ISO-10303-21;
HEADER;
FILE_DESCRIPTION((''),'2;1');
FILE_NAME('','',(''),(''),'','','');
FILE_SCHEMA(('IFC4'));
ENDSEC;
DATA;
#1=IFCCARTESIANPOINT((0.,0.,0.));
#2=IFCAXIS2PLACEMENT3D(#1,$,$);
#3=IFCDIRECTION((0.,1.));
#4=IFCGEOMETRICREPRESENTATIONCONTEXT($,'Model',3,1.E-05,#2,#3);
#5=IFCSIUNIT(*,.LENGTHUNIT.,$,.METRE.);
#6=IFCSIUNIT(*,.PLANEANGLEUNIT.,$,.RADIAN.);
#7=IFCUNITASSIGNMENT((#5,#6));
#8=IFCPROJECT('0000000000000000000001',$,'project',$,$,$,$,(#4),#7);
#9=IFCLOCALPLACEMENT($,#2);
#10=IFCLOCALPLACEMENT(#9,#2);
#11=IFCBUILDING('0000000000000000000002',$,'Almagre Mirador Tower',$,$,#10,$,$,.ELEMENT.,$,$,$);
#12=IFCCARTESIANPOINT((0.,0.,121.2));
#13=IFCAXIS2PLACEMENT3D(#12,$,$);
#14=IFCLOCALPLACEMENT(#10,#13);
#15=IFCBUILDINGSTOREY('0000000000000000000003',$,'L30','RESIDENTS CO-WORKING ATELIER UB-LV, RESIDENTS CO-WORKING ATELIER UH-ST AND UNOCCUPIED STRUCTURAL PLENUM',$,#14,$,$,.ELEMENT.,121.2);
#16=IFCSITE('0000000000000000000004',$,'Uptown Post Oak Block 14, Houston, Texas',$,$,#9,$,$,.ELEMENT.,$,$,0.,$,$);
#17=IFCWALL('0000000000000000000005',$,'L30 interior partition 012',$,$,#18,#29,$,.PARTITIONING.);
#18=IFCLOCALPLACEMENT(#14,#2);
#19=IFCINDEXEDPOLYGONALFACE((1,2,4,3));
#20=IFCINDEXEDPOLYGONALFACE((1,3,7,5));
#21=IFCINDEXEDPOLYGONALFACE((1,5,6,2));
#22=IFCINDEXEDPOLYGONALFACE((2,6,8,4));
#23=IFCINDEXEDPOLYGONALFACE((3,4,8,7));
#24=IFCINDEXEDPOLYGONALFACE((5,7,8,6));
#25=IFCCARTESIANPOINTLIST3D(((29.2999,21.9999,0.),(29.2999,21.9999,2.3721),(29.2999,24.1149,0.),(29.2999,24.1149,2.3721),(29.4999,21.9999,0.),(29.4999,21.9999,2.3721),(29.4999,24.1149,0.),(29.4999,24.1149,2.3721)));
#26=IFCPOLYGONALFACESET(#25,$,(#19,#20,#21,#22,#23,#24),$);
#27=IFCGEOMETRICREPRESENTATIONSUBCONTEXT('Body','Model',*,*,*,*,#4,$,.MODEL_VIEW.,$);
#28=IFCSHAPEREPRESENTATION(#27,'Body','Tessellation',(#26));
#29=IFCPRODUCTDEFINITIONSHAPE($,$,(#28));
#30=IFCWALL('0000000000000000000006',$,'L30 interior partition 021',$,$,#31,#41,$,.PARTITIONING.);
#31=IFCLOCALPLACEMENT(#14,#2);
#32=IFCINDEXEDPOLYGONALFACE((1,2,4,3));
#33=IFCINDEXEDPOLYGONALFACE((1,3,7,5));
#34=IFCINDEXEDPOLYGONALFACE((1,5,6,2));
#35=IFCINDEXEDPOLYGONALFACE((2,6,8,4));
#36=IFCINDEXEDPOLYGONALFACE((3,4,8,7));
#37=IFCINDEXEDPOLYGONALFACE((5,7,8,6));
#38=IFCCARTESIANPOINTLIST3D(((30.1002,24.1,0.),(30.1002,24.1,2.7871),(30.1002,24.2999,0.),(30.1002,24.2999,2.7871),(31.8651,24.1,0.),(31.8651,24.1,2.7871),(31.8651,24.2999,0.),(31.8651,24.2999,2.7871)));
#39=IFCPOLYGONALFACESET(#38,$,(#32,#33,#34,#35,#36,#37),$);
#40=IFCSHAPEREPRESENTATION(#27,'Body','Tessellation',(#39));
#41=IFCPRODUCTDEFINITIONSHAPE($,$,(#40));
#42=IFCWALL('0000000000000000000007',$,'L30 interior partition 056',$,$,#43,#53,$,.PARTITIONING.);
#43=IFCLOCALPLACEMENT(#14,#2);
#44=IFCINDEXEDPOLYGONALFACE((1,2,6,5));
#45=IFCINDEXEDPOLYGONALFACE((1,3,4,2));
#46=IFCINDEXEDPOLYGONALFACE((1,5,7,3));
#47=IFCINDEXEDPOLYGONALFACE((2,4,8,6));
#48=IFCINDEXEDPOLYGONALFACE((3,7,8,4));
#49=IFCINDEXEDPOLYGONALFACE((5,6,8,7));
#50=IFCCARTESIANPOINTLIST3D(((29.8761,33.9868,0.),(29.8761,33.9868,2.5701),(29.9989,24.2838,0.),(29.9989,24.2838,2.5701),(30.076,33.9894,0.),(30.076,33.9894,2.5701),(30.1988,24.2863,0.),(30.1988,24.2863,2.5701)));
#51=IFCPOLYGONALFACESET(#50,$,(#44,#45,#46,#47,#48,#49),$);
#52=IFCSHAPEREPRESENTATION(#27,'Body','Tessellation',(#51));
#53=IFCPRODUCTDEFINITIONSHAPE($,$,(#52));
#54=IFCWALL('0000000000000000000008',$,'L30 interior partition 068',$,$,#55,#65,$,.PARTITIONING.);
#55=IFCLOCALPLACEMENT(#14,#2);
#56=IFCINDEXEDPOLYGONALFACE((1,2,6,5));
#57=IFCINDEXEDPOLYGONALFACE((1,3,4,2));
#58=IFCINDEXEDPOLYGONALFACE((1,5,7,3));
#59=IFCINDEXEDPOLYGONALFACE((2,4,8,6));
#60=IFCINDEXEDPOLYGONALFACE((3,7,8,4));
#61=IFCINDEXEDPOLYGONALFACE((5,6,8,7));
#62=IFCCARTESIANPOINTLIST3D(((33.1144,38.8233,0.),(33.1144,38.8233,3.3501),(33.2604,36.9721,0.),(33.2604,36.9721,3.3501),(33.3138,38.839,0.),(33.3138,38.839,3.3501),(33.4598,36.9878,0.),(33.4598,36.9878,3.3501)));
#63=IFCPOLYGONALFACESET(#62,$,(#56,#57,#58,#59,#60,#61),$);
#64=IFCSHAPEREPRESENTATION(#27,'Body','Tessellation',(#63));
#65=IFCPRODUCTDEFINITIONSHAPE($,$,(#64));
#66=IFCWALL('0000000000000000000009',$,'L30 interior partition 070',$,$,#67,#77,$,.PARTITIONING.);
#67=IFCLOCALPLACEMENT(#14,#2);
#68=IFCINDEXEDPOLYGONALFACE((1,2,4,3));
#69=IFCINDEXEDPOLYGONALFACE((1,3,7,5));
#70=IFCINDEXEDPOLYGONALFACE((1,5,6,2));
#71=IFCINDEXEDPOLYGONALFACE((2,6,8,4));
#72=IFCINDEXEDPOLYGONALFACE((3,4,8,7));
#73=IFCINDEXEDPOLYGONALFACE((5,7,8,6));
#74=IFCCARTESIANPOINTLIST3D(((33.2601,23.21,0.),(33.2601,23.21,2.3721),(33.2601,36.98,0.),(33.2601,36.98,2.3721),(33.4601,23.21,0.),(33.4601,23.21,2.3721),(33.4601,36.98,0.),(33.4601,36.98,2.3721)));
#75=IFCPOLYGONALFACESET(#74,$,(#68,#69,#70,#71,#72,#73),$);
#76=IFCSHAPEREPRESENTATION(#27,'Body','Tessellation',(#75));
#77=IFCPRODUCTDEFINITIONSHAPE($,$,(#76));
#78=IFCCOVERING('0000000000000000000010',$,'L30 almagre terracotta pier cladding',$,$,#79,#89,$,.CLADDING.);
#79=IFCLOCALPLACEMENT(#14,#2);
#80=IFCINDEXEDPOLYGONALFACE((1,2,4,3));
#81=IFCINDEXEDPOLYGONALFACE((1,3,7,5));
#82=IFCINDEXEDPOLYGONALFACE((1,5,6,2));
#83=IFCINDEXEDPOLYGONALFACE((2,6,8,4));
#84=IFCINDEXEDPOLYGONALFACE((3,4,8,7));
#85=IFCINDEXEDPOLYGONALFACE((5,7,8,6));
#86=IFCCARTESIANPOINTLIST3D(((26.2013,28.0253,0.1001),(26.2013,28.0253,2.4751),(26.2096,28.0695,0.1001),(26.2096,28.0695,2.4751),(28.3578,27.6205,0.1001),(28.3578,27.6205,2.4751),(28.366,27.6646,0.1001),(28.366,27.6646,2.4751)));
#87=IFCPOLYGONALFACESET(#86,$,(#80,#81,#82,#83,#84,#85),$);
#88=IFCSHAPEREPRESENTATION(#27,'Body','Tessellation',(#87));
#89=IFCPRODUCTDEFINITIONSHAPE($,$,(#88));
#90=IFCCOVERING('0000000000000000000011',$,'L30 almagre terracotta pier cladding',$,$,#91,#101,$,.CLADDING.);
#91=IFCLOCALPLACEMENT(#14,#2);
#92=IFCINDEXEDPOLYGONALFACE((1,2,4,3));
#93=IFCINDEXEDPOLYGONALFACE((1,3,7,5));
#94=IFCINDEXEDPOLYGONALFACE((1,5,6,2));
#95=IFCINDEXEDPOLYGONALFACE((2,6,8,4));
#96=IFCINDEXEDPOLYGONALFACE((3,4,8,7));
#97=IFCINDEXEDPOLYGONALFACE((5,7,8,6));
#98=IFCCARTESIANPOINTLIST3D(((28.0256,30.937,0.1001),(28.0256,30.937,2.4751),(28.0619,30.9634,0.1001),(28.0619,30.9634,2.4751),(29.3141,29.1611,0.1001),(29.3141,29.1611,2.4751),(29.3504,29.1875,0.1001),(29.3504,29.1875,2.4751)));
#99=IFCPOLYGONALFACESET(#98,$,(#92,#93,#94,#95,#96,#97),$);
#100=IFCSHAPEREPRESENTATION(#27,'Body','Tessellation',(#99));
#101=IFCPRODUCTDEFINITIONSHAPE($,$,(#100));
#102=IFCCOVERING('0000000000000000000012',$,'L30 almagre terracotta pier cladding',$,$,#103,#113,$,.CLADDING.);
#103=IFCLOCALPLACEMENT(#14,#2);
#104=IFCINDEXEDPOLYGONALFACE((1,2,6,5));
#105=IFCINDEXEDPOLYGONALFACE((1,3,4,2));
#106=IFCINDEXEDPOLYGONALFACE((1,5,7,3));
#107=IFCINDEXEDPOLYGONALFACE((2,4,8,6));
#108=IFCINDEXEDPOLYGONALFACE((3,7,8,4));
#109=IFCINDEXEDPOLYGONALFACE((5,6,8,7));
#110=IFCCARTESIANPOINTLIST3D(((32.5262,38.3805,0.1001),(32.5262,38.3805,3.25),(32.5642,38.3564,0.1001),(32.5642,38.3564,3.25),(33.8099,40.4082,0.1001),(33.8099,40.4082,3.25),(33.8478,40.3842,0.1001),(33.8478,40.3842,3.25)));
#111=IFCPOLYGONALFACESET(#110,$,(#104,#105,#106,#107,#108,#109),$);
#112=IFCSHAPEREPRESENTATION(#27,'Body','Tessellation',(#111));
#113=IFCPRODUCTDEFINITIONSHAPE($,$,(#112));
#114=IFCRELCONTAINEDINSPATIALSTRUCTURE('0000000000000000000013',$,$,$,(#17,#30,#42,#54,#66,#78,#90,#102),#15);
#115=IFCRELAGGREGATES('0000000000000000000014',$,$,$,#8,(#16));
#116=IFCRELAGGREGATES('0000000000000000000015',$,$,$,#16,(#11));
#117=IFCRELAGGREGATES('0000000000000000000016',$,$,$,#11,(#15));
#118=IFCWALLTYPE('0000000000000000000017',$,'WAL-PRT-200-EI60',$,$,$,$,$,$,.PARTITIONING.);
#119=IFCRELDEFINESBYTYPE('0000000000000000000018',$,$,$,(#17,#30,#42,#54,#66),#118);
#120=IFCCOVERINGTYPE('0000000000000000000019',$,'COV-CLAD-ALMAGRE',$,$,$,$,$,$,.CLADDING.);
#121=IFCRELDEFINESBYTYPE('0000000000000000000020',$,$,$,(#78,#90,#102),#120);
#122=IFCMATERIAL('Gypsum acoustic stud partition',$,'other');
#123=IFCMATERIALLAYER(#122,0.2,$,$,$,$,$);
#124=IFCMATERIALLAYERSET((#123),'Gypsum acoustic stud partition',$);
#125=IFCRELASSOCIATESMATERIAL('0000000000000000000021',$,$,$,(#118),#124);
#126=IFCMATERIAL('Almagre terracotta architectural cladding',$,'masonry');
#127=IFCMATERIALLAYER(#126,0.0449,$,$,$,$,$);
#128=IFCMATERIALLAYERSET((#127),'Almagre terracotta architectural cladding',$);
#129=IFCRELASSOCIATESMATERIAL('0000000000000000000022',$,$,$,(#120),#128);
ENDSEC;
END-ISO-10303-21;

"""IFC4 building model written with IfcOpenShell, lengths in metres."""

from ifc_helpers import new_model, si_unit, direction, frame, frame_2d, origin, origin_2d, place, context, subcontext, project, spatial, rectangle, extrude, material, layer, layer_set, type_object, element, save


model = new_model("IFC4")

# Units and contexts
model_context = context("Model", 3, precision=1e-05, world=origin(), true_north=direction((0.0, 1.0)))
body_context = subcontext(model_context, "Body", "Model", "MODEL_VIEW")
ifc_project = project(units=[si_unit("LENGTHUNIT", "METRE"), si_unit("PLANEANGLEUNIT", "RADIAN")], contexts=[model_context])

# Site, building, storey
site_placement = place(None, origin())
site = spatial("IfcSite", under=ifc_project, at=site_placement, Name="Uptown Post Oak Block 14, Houston, Texas", CompositionType="ELEMENT", RefElevation=0.0)
building_placement = place(site_placement, origin())
building = spatial("IfcBuilding", under=site, at=building_placement, Name="Almagre Mirador Tower", CompositionType="ELEMENT")
storey_placement = place(building_placement, frame((0.0, 0.0, 121.2)))
storey = spatial("IfcBuildingStorey", under=building, at=storey_placement, Name="L30", Description="RESIDENTS CO-WORKING ATELIER UB-LV, RESIDENTS CO-WORKING ATELIER UH-ST AND UNOCCUPIED STRUCTURAL PLENUM", CompositionType="ELEMENT", Elevation=121.2)

# Walls
ifc_material_1 = material(Name="Gypsum acoustic stud partition", Category="other")
ifc_layer_1 = layer(ifc_material_1, 0.2)
ifc_layer_set_1 = layer_set([ifc_layer_1], Name="Gypsum acoustic stud partition")
wall_type_1 = type_object("IfcWallType", Name="WAL-PRT-200-EI60", PredefinedType="PARTITIONING", material=ifc_layer_set_1)
wall_1_placement = place(storey_placement, frame((29.3999, 24.115, 0.0), z_axis=(0.0, 0.0, 1.0), x_axis=(0.0, -1.0, 0.0)))
element("IfcWall", 1, at=wall_1_placement, inside=storey, type_object=wall_type_1, Name="L30 interior partition 012", PredefinedType="PARTITIONING", context=body_context, shape_type="SweptSolid", body=[
    extrude(rectangle(XDim=2.115, YDim=0.2, at=frame_2d((1.0576, 0.0))), origin(), (0.0, 0.0, 1.0), 2.3721),
])
wall_2_placement = place(storey_placement, frame((31.865, 24.2, 0.0), z_axis=(0.0, 0.0, 1.0), x_axis=(-1.0, 0.0, 0.0)))
element("IfcWall", 2, at=wall_2_placement, inside=storey, type_object=wall_type_1, Name="L30 interior partition 021", PredefinedType="PARTITIONING", context=body_context, shape_type="SweptSolid", body=[
    extrude(rectangle(XDim=1.7649, YDim=0.2, at=frame_2d((0.8823, 0.0))), origin(), (0.0, 0.0, 1.0), 2.7871),
])
wall_3_placement = place(storey_placement, frame((30.0989, 24.2849, 0.0), z_axis=(0.0, 0.0, 1.0), x_axis=(-0.012655, 0.99992, 0.0)))
element("IfcWall", 3, at=wall_3_placement, inside=storey, type_object=wall_type_1, Name="L30 interior partition 056", PredefinedType="PARTITIONING", context=body_context, shape_type="SweptSolid", body=[
    extrude(rectangle(XDim=9.7039, YDim=0.2, at=frame_2d((4.8521, 0.0))), origin(), (0.0, 0.0, 1.0), 2.5701),
])
wall_4_placement = place(storey_placement, frame((33.3601, 36.98, 0.0), z_axis=(0.0, 0.0, 1.0), x_axis=(-0.078627, 0.996904, 0.0)))
element("IfcWall", 4, at=wall_4_placement, inside=storey, type_object=wall_type_1, Name="L30 interior partition 068", PredefinedType="PARTITIONING", context=body_context, shape_type="SweptSolid", body=[
    extrude(rectangle(XDim=1.8569, YDim=0.2, at=frame_2d((0.9285, 0.0))), origin(), (0.0, 0.0, 1.0), 3.3501),
])
wall_5_placement = place(storey_placement, frame((33.3601, 23.21, 0.0), z_axis=(0.0, 0.0, 1.0), x_axis=(0.0, 1.0, 0.0)))
element("IfcWall", 5, at=wall_5_placement, inside=storey, type_object=wall_type_1, Name="L30 interior partition 070", PredefinedType="PARTITIONING", context=body_context, shape_type="SweptSolid", body=[
    extrude(rectangle(XDim=13.77, YDim=0.2, at=frame_2d((6.885, 0.0))), origin(), (0.0, 0.0, 1.0), 2.3721),
])

# Coverings
ifc_material_2 = material(Name="Almagre terracotta architectural cladding", Category="masonry")
ifc_layer_2 = layer(ifc_material_2, 0.0449)
ifc_layer_set_2 = layer_set([ifc_layer_2], Name="Almagre terracotta architectural cladding")
covering_type = type_object("IfcCoveringType", Name="COV-CLAD-ALMAGRE", PredefinedType="CLADDING", material=ifc_layer_set_2)
for number, where, z_axis, x_axis, name in (
    (6, (27.2837, 27.845, 0.1001), (0.0, 0.0, 1.0), (0.982829, -0.184517, 0.0), "L30 almagre terracotta pier cladding"),
    (7, (28.688, 30.0623, 0.1001), (0.0, 0.0, 1.0), (-0.587263, 0.809396, 0.0), "L30 almagre terracotta pier cladding"),
):
    element("IfcCovering", number, at=place(storey_placement, frame(where, z_axis=z_axis, x_axis=x_axis)), inside=storey, type_object=covering_type, Name=name, PredefinedType="CLADDING", context=body_context, shape_type="SweptSolid", body=[
        extrude(rectangle(XDim=2.1941, YDim=0.0449, at=origin_2d()), origin(), (0.0, 0.0, 1.0), 2.375),
    ])
covering_placement = place(storey_placement, frame((33.187, 39.3823, 0.1001), z_axis=(0.0, 0.0, 1.0), x_axis=(0.534883, 0.844926, 0.0)))
element("IfcCovering", 8, at=covering_placement, inside=storey, type_object=covering_type, Name="L30 almagre terracotta pier cladding", PredefinedType="CLADDING", context=body_context, shape_type="SweptSolid", body=[
    extrude(rectangle(XDim=2.3999, YDim=0.0449, at=origin_2d()), origin(), (0.0, 0.0, 1.0), 3.1499),
])

save(model, "model.ifc")
